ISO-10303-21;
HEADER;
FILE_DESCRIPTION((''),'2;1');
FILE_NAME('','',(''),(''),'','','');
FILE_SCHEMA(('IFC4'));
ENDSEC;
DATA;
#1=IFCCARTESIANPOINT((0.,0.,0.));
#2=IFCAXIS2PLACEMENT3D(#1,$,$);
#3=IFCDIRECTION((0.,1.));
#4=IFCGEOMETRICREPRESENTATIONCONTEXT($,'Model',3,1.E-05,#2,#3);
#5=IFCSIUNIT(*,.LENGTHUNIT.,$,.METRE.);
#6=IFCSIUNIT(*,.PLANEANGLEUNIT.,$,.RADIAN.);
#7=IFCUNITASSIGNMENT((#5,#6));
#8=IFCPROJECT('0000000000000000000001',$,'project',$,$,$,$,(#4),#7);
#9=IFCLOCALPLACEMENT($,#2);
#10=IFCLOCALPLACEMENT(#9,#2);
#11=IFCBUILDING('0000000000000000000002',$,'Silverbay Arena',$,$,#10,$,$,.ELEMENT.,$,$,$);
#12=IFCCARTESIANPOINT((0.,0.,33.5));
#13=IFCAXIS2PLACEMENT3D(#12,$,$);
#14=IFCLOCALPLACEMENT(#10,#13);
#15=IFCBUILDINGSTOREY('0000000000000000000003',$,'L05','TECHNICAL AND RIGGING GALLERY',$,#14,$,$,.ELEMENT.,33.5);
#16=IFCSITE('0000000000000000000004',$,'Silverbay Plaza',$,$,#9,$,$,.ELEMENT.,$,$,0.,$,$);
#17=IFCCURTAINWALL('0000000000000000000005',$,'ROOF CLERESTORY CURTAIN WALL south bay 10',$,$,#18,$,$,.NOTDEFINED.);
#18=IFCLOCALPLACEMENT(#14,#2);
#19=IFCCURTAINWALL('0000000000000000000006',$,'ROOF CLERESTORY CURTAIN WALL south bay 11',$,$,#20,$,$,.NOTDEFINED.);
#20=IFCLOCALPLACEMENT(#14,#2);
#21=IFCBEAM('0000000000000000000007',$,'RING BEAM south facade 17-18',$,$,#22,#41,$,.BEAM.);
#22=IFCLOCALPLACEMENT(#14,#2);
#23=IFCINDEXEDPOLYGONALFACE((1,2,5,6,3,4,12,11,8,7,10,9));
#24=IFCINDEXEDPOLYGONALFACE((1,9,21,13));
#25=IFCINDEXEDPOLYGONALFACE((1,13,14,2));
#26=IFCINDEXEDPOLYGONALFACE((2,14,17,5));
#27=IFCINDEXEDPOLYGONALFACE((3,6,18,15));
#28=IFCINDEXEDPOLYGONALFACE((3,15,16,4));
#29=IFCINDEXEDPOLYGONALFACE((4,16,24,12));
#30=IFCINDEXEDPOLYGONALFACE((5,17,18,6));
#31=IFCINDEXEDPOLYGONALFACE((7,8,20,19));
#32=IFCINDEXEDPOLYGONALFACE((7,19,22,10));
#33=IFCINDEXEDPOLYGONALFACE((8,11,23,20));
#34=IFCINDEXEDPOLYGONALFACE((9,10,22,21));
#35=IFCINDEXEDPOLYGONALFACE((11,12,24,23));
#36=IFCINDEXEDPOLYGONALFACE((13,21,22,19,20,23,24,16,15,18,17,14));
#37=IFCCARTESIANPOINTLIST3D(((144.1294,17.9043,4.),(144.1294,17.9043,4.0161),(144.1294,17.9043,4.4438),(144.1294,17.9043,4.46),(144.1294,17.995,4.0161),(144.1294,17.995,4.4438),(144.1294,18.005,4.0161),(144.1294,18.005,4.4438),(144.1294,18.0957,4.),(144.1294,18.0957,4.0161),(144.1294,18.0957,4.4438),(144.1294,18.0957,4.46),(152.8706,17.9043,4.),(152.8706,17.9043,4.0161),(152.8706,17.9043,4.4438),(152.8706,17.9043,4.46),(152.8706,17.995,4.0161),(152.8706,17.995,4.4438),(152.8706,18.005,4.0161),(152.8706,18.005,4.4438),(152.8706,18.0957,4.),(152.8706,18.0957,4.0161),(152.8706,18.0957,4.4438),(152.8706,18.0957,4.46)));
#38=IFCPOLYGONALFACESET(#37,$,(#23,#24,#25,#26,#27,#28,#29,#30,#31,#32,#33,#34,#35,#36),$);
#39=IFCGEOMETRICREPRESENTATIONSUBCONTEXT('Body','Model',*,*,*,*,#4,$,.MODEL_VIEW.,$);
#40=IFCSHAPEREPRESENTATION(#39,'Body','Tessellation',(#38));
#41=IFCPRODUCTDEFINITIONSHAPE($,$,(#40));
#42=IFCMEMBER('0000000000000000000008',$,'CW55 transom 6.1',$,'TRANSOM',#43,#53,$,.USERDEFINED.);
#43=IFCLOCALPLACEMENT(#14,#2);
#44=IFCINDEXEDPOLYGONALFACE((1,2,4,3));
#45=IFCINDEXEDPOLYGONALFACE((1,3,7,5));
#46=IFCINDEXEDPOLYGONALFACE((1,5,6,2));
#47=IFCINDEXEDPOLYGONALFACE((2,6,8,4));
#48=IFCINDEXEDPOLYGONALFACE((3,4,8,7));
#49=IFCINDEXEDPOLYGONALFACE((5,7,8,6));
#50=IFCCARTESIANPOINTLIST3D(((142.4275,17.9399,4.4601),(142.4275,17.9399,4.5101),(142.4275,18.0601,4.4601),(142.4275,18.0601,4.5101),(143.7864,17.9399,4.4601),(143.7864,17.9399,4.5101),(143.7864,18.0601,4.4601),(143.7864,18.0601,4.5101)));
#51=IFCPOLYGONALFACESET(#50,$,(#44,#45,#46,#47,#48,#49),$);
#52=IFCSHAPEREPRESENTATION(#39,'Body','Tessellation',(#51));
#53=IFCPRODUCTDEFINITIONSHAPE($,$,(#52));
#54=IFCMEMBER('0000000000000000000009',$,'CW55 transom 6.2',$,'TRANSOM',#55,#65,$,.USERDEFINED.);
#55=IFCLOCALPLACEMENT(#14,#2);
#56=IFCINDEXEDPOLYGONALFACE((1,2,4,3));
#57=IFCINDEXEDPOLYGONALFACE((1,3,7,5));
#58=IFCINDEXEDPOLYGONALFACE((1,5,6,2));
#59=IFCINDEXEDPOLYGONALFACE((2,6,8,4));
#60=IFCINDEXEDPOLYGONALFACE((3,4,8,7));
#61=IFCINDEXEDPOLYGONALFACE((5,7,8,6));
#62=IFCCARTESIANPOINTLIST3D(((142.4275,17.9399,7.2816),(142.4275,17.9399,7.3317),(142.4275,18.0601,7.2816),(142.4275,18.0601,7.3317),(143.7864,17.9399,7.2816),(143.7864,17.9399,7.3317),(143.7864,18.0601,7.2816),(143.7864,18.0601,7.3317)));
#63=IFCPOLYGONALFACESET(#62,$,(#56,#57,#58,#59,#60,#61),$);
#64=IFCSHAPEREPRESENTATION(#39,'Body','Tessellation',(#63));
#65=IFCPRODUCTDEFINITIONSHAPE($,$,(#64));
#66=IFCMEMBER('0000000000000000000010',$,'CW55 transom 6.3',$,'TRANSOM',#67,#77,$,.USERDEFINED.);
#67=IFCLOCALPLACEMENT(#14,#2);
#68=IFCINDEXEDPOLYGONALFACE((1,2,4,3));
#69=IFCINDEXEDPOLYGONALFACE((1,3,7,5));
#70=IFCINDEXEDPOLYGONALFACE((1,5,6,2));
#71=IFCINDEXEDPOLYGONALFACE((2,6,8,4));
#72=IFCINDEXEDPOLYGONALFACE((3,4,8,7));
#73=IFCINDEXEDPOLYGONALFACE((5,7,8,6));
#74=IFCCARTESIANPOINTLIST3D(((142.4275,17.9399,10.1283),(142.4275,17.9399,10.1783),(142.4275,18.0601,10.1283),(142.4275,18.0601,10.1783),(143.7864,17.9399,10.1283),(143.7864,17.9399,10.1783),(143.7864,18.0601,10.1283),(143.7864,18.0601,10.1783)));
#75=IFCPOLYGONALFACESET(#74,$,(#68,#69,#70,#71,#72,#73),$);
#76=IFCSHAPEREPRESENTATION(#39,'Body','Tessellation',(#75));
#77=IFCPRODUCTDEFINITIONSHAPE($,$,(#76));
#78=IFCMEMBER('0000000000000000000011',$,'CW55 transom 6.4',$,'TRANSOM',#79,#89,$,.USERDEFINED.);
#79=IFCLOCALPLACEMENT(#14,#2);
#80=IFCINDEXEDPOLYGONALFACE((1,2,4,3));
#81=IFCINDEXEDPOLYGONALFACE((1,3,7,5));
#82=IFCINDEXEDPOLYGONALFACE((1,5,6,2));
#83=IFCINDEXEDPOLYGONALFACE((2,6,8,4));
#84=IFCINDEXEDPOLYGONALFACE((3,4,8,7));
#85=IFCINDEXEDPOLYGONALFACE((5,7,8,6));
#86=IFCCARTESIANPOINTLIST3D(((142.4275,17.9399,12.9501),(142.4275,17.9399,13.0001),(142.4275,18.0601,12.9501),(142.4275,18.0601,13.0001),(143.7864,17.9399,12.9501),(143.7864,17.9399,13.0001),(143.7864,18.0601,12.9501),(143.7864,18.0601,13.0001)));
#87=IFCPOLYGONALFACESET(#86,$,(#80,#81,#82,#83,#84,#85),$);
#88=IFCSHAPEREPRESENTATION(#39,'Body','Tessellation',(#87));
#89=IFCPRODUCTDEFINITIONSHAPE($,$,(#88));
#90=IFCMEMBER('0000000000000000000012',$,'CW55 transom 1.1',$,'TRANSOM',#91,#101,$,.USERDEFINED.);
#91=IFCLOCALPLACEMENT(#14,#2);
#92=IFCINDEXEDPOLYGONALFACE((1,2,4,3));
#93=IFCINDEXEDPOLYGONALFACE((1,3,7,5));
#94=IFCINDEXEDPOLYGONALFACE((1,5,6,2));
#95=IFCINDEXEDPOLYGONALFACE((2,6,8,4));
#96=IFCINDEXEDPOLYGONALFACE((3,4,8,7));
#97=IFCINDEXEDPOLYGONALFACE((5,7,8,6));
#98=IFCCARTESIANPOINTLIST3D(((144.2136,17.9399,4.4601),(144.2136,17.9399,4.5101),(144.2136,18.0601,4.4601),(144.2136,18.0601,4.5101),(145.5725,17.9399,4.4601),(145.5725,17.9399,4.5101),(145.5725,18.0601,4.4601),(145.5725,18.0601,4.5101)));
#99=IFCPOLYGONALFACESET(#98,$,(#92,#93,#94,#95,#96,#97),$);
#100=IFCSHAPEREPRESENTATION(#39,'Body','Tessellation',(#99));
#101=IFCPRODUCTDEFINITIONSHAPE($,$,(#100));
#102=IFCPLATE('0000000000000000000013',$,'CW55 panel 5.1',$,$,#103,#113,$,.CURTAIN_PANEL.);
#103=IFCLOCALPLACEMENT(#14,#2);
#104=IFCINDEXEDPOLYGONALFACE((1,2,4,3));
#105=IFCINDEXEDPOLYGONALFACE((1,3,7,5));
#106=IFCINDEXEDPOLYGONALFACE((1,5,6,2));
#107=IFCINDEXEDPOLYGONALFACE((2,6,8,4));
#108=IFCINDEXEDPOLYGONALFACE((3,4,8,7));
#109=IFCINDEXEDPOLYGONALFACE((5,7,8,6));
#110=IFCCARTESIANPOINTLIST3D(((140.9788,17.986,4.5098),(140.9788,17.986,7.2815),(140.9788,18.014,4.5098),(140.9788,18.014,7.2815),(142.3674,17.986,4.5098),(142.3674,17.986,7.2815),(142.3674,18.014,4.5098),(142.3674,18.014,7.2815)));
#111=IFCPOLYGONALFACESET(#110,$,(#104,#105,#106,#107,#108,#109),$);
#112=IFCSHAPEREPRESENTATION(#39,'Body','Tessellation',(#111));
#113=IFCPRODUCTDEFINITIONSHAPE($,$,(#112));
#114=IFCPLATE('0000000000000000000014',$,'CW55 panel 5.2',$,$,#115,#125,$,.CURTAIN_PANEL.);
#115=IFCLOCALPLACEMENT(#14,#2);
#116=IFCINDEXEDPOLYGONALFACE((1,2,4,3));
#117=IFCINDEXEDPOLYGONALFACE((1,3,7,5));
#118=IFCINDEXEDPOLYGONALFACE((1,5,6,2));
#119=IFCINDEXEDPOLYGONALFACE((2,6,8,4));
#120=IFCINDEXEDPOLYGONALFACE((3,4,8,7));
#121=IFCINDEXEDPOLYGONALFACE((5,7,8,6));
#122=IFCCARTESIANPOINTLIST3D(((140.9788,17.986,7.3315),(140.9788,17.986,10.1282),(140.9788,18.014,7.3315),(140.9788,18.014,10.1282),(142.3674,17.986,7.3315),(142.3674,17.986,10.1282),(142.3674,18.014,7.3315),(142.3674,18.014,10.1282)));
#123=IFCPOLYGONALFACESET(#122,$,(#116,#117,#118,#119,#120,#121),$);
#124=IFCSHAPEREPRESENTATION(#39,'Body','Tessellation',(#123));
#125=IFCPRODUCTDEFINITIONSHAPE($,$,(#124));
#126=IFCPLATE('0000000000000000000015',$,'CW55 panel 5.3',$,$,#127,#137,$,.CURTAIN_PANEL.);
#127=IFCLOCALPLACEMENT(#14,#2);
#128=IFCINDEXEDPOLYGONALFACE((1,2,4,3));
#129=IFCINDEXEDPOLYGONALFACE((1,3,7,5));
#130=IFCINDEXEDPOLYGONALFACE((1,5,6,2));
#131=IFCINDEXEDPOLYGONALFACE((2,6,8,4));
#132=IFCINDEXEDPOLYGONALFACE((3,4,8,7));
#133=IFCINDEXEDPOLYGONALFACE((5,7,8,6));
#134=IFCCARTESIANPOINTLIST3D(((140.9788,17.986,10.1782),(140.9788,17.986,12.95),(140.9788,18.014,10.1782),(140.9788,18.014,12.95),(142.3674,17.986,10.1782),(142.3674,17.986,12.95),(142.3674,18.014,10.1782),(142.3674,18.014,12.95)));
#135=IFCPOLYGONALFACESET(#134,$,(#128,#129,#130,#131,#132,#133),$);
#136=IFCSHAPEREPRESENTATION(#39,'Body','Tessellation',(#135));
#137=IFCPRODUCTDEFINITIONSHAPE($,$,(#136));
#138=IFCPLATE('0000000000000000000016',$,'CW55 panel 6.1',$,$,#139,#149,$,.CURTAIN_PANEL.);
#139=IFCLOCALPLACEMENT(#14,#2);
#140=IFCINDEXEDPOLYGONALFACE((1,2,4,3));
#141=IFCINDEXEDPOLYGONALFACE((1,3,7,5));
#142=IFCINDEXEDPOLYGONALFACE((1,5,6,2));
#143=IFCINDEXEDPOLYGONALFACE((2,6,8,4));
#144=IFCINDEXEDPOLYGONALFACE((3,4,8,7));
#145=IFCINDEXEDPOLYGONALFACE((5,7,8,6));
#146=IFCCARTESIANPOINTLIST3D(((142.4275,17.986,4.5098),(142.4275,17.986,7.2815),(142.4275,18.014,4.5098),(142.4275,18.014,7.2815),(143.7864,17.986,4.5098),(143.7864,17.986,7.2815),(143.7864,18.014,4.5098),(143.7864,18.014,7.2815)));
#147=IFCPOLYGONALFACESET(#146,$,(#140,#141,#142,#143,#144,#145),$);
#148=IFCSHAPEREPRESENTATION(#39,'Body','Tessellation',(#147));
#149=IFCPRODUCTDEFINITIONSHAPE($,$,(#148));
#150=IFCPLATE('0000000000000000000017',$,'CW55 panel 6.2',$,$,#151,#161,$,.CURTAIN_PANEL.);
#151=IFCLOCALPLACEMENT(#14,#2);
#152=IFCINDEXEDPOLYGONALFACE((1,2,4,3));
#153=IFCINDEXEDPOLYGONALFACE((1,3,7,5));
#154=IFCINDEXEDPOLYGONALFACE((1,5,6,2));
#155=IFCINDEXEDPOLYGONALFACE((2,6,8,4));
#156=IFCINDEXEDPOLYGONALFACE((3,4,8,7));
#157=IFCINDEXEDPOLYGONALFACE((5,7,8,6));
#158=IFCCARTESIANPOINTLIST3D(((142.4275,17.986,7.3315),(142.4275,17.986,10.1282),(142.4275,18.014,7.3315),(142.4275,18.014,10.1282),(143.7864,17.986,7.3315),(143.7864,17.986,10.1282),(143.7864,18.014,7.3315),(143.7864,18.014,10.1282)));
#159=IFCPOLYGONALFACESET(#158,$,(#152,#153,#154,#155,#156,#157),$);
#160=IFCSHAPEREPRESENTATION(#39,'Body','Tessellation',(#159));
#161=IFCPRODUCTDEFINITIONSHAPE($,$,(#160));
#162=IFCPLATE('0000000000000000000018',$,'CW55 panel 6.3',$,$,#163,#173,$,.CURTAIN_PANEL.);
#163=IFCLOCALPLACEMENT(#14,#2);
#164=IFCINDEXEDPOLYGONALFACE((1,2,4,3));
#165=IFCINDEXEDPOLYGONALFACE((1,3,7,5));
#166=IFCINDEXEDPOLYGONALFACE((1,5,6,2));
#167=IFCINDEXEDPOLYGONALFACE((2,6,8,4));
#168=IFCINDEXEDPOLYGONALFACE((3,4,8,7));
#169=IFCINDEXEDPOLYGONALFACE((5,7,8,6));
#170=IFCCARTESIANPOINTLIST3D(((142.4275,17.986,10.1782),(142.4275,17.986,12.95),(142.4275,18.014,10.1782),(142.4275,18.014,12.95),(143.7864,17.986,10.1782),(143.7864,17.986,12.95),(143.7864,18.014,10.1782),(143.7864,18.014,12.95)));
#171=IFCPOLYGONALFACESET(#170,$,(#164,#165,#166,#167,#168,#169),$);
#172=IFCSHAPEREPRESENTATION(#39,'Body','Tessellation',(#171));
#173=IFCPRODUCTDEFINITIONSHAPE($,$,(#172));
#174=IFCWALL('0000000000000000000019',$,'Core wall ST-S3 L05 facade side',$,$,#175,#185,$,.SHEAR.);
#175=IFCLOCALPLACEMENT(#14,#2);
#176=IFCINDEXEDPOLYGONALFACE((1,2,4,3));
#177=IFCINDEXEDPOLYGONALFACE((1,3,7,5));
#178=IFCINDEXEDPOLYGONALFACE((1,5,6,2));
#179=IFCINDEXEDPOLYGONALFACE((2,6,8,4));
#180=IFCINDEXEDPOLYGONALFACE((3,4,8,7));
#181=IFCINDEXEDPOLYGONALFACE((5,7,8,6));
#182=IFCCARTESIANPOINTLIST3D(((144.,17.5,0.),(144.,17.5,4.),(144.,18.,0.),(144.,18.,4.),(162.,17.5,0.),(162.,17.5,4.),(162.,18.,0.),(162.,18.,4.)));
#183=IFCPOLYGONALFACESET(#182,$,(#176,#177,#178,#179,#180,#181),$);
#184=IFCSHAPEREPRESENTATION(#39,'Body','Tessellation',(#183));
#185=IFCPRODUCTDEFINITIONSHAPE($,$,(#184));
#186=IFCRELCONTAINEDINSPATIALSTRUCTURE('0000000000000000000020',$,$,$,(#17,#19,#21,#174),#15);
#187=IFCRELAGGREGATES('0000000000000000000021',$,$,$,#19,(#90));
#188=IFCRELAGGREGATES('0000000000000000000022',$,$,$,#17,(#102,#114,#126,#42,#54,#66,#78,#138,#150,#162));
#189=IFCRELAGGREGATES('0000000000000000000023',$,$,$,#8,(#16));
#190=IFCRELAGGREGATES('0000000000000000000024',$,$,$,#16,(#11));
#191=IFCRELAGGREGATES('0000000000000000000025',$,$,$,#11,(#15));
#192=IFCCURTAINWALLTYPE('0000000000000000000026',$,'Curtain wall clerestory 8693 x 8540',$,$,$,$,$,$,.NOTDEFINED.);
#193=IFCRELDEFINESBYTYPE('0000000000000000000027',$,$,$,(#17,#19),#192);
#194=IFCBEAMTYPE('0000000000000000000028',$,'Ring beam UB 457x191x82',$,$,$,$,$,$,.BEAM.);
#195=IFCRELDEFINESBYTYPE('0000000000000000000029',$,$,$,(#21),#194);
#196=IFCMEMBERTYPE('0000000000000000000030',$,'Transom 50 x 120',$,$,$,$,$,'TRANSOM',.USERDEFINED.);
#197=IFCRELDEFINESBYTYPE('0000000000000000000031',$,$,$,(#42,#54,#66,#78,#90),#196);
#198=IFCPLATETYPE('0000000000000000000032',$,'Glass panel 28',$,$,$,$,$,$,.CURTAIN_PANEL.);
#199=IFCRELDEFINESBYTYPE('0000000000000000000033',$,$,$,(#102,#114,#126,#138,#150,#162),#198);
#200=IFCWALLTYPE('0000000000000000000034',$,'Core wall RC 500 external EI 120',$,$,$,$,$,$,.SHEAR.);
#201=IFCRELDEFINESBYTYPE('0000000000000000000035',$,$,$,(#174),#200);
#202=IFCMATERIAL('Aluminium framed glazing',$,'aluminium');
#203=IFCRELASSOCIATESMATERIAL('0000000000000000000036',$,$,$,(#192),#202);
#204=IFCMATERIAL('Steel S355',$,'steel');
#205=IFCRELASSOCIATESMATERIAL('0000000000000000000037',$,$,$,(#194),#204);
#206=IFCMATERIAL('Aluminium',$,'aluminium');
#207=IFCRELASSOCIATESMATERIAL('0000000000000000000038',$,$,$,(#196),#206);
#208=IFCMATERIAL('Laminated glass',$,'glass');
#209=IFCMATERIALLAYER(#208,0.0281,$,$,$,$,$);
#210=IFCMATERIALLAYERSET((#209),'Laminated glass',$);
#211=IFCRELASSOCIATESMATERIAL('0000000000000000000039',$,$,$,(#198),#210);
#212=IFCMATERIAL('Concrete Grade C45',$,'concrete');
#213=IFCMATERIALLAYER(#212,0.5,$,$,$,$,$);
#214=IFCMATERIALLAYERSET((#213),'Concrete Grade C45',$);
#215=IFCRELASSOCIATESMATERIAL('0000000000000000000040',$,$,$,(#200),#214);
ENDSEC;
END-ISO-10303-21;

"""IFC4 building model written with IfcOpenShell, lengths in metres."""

from ifc_helpers import new_model, si_unit, direction, frame, frame_2d, origin, origin_2d, place, context, subcontext, project, spatial, rectangle, i_section, extrude, material, layer, layer_set, material_profile, profile_set, type_object, element, aggregate, save


model = new_model("IFC4")

# Units and contexts
model_context = context("Model", 3, precision=1e-05, world=origin(), true_north=direction((0.0, 1.0)))
body_context = subcontext(model_context, "Body", "Model", "MODEL_VIEW")
ifc_project = project(units=[si_unit("LENGTHUNIT", "METRE"), si_unit("PLANEANGLEUNIT", "RADIAN")], contexts=[model_context])

# Site, building, storey
site_placement = place(None, origin())
site = spatial("IfcSite", under=ifc_project, at=site_placement, Name="Silverbay Plaza", CompositionType="ELEMENT", RefElevation=0.0)
building_placement = place(site_placement, origin())
building = spatial("IfcBuilding", under=site, at=building_placement, Name="Silverbay Arena", CompositionType="ELEMENT")
storey_placement = place(building_placement, frame((0.0, 0.0, 33.5)))
storey = spatial("IfcBuildingStorey", under=building, at=storey_placement, Name="L05", Description="TECHNICAL AND RIGGING GALLERY", CompositionType="ELEMENT", Elevation=33.5)

# Curtain wall
ifc_material_1 = material(Name="Aluminium framed glazing", Category="aluminium")
curtain_wall_type = type_object("IfcCurtainWallType", Name="Curtain wall clerestory 8693 x 8540", PredefinedType="NOTDEFINED", material=ifc_material_1)
curtain_wall_1_placement = place(storey_placement, origin())
curtain_wall_1 = element("IfcCurtainWall", 1, at=curtain_wall_1_placement, inside=storey, type_object=curtain_wall_type, Name="ROOF CLERESTORY CURTAIN WALL south bay 10", PredefinedType="NOTDEFINED")

# Curtain wall
curtain_wall_2_placement = place(storey_placement, origin())
curtain_wall_2 = element("IfcCurtainWall", 2, at=curtain_wall_2_placement, inside=storey, type_object=curtain_wall_type, Name="ROOF CLERESTORY CURTAIN WALL south bay 11", PredefinedType="NOTDEFINED")

# Beam
ifc_material_2 = material(Name="Steel S355", Category="steel")
ifc_material_profile_1 = material_profile(ifc_material_2, i_section(OverallWidth=0.1914, OverallDepth=0.46, WebThickness=0.01, FlangeThickness=0.0161, at=origin_2d()), Name="UB 457x191x82")
ifc_profile_set_1 = profile_set([ifc_material_profile_1], Name="Steel S355")
beam_type_1 = type_object("IfcBeamType", Name="Ring beam UB 457x191x82", PredefinedType="BEAM", material=ifc_profile_set_1)
beam_1_placement = place(storey_placement, frame((144.1294, 18.0, 4.23), z_axis=(1.0, 0.0, 0.0), x_axis=(0.0, 1.0, 0.0)))
element("IfcBeam", 3, at=beam_1_placement, inside=storey, type_object=beam_type_1, Name="RING BEAM south facade 17-18", PredefinedType="BEAM", context=body_context, shape_type="SweptSolid", body=[
    extrude(i_section(OverallWidth=0.1914, OverallDepth=0.46, WebThickness=0.01, FlangeThickness=0.0161, at=origin_2d()), origin(), (0.0, 0.0, 1.0), 8.7412),
])

# Members
ifc_material_3 = material(Name="Aluminium", Category="aluminium")
ifc_material_profile_2 = material_profile(ifc_material_3, rectangle(XDim=0.1201, YDim=0.05, at=origin_2d()), Name="Transom 50 x 120")
ifc_profile_set_2 = profile_set([ifc_material_profile_2], Name="Aluminium")
member_type_1 = type_object("IfcMemberType", Name="Transom 50 x 120", ElementType="TRANSOM", PredefinedType="USERDEFINED", material=ifc_profile_set_2)
member_1_placement = place(storey_placement, frame((142.4275, 18.0, 4.4851), z_axis=(1.0, 0.0, 0.0), x_axis=(0.0, 1.0, 0.0)))
member_1 = element("IfcMember", 4, at=member_1_placement, type_object=member_type_1, Name="CW55 transom 6.1", ObjectType="TRANSOM", PredefinedType="USERDEFINED", context=body_context, shape_type="SweptSolid", body=[
    extrude(rectangle(XDim=0.1201, YDim=0.05, at=origin_2d()), origin(), (0.0, 0.0, 1.0), 1.3589),
])
member_2_placement = place(storey_placement, frame((142.4275, 18.0, 7.3066), z_axis=(1.0, 0.0, 0.0), x_axis=(0.0, 1.0, 0.0)))
member_2 = element("IfcMember", 5, at=member_2_placement, type_object=member_type_1, Name="CW55 transom 6.2", ObjectType="TRANSOM", PredefinedType="USERDEFINED", context=body_context, shape_type="SweptSolid", body=[
    extrude(rectangle(XDim=0.1201, YDim=0.05, at=origin_2d()), origin(), (0.0, 0.0, 1.0), 1.3589),
])
member_3_placement = place(storey_placement, frame((142.4275, 18.0, 10.1533), z_axis=(1.0, 0.0, 0.0), x_axis=(0.0, 1.0, 0.0)))
member_3 = element("IfcMember", 6, at=member_3_placement, type_object=member_type_1, Name="CW55 transom 6.3", ObjectType="TRANSOM", PredefinedType="USERDEFINED", context=body_context, shape_type="SweptSolid", body=[
    extrude(rectangle(XDim=0.1201, YDim=0.05, at=origin_2d()), origin(), (0.0, 0.0, 1.0), 1.3589),
])
member_4_placement = place(storey_placement, frame((142.4275, 18.0, 12.9751), z_axis=(1.0, 0.0, 0.0), x_axis=(0.0, 1.0, 0.0)))
member_4 = element("IfcMember", 7, at=member_4_placement, type_object=member_type_1, Name="CW55 transom 6.4", ObjectType="TRANSOM", PredefinedType="USERDEFINED", context=body_context, shape_type="SweptSolid", body=[
    extrude(rectangle(XDim=0.1201, YDim=0.05, at=origin_2d()), origin(), (0.0, 0.0, 1.0), 1.3589),
])
member_5_placement = place(storey_placement, frame((144.2136, 18.0, 4.4851), z_axis=(1.0, 0.0, 0.0), x_axis=(0.0, 1.0, 0.0)))
member_5 = element("IfcMember", 8, at=member_5_placement, type_object=member_type_1, Name="CW55 transom 1.1", ObjectType="TRANSOM", PredefinedType="USERDEFINED", context=body_context, shape_type="SweptSolid", body=[
    extrude(rectangle(XDim=0.1201, YDim=0.05, at=origin_2d()), origin(), (0.0, 0.0, 1.0), 1.3589),
])
aggregate(curtain_wall_2, [member_5])

# Plates
ifc_material_4 = material(Name="Laminated glass", Category="glass")
ifc_layer_1 = layer(ifc_material_4, 0.0281)
ifc_layer_set_1 = layer_set([ifc_layer_1], Name="Laminated glass")
plate_type = type_object("IfcPlateType", Name="Glass panel 28", PredefinedType="CURTAIN_PANEL", material=ifc_layer_set_1)
plate_1_placement = place(storey_placement, frame((141.6731, 18.0, 4.5098), z_axis=(0.0, 0.0, 1.0), x_axis=(1.0, 0.0, 0.0)))
plate_1 = element("IfcPlate", 9, at=plate_1_placement, type_object=plate_type, Name="CW55 panel 5.1", PredefinedType="CURTAIN_PANEL", context=body_context, shape_type="SweptSolid", body=[
    extrude(rectangle(XDim=1.3887, YDim=0.0281, at=origin_2d()), origin(), (0.0, 0.0, 1.0), 2.7717),
])
plate_2_placement = place(storey_placement, frame((141.6731, 18.0, 7.3315), z_axis=(0.0, 0.0, 1.0), x_axis=(1.0, 0.0, 0.0)))
plate_2 = element("IfcPlate", 10, at=plate_2_placement, type_object=plate_type, Name="CW55 panel 5.2", PredefinedType="CURTAIN_PANEL", context=body_context, shape_type="SweptSolid", body=[
    extrude(rectangle(XDim=1.3887, YDim=0.0281, at=origin_2d()), origin(), (0.0, 0.0, 1.0), 2.7966),
])
plate_3_placement = place(storey_placement, frame((141.6731, 18.0, 10.1782), z_axis=(0.0, 0.0, 1.0), x_axis=(1.0, 0.0, 0.0)))
plate_3 = element("IfcPlate", 11, at=plate_3_placement, type_object=plate_type, Name="CW55 panel 5.3", PredefinedType="CURTAIN_PANEL", context=body_context, shape_type="SweptSolid", body=[
    extrude(rectangle(XDim=1.3887, YDim=0.0281, at=origin_2d()), origin(), (0.0, 0.0, 1.0), 2.7717),
])
plate_4_placement = place(storey_placement, frame((143.1069, 18.0, 4.5098), z_axis=(0.0, 0.0, 1.0), x_axis=(1.0, 0.0, 0.0)))
plate_4 = element("IfcPlate", 12, at=plate_4_placement, type_object=plate_type, Name="CW55 panel 6.1", PredefinedType="CURTAIN_PANEL", context=body_context, shape_type="SweptSolid", body=[
    extrude(rectangle(XDim=1.3589, YDim=0.0281, at=origin_2d()), origin(), (0.0, 0.0, 1.0), 2.7717),
])
plate_5_placement = place(storey_placement, frame((143.1069, 18.0, 7.3315), z_axis=(0.0, 0.0, 1.0), x_axis=(1.0, 0.0, 0.0)))
plate_5 = element("IfcPlate", 13, at=plate_5_placement, type_object=plate_type, Name="CW55 panel 6.2", PredefinedType="CURTAIN_PANEL", context=body_context, shape_type="SweptSolid", body=[
    extrude(rectangle(XDim=1.3589, YDim=0.0281, at=origin_2d()), origin(), (0.0, 0.0, 1.0), 2.7966),
])
plate_6_placement = place(storey_placement, frame((143.1069, 18.0, 10.1782), z_axis=(0.0, 0.0, 1.0), x_axis=(1.0, 0.0, 0.0)))
plate_6 = element("IfcPlate", 14, at=plate_6_placement, type_object=plate_type, Name="CW55 panel 6.3", PredefinedType="CURTAIN_PANEL", context=body_context, shape_type="SweptSolid", body=[
    extrude(rectangle(XDim=1.3589, YDim=0.0281, at=origin_2d()), origin(), (0.0, 0.0, 1.0), 2.7717),
])
aggregate(curtain_wall_1, [plate_1, plate_2, plate_3, member_1, member_2, member_3, member_4, plate_4, plate_5, plate_6])

# Wall
ifc_material_5 = material(Name="Concrete Grade C45", Category="concrete")
ifc_layer_2 = layer(ifc_material_5, 0.5)
ifc_layer_set_2 = layer_set([ifc_layer_2], Name="Concrete Grade C45")
wall_type = type_object("IfcWallType", Name="Core wall RC 500 external EI 120", PredefinedType="SHEAR", material=ifc_layer_set_2)
wall_placement = place(storey_placement, frame((144.0, 17.75, 0.0), z_axis=(0.0, 0.0, 1.0), x_axis=(1.0, 0.0, 0.0)))
element("IfcWall", 15, at=wall_placement, inside=storey, type_object=wall_type, Name="Core wall ST-S3 L05 facade side", PredefinedType="SHEAR", context=body_context, shape_type="SweptSolid", body=[
    extrude(rectangle(XDim=18.0, YDim=0.5, at=frame_2d((9.0, 0.0))), origin(), (0.0, 0.0, 1.0), 4.0),
])

save(model, "model.ifc")
